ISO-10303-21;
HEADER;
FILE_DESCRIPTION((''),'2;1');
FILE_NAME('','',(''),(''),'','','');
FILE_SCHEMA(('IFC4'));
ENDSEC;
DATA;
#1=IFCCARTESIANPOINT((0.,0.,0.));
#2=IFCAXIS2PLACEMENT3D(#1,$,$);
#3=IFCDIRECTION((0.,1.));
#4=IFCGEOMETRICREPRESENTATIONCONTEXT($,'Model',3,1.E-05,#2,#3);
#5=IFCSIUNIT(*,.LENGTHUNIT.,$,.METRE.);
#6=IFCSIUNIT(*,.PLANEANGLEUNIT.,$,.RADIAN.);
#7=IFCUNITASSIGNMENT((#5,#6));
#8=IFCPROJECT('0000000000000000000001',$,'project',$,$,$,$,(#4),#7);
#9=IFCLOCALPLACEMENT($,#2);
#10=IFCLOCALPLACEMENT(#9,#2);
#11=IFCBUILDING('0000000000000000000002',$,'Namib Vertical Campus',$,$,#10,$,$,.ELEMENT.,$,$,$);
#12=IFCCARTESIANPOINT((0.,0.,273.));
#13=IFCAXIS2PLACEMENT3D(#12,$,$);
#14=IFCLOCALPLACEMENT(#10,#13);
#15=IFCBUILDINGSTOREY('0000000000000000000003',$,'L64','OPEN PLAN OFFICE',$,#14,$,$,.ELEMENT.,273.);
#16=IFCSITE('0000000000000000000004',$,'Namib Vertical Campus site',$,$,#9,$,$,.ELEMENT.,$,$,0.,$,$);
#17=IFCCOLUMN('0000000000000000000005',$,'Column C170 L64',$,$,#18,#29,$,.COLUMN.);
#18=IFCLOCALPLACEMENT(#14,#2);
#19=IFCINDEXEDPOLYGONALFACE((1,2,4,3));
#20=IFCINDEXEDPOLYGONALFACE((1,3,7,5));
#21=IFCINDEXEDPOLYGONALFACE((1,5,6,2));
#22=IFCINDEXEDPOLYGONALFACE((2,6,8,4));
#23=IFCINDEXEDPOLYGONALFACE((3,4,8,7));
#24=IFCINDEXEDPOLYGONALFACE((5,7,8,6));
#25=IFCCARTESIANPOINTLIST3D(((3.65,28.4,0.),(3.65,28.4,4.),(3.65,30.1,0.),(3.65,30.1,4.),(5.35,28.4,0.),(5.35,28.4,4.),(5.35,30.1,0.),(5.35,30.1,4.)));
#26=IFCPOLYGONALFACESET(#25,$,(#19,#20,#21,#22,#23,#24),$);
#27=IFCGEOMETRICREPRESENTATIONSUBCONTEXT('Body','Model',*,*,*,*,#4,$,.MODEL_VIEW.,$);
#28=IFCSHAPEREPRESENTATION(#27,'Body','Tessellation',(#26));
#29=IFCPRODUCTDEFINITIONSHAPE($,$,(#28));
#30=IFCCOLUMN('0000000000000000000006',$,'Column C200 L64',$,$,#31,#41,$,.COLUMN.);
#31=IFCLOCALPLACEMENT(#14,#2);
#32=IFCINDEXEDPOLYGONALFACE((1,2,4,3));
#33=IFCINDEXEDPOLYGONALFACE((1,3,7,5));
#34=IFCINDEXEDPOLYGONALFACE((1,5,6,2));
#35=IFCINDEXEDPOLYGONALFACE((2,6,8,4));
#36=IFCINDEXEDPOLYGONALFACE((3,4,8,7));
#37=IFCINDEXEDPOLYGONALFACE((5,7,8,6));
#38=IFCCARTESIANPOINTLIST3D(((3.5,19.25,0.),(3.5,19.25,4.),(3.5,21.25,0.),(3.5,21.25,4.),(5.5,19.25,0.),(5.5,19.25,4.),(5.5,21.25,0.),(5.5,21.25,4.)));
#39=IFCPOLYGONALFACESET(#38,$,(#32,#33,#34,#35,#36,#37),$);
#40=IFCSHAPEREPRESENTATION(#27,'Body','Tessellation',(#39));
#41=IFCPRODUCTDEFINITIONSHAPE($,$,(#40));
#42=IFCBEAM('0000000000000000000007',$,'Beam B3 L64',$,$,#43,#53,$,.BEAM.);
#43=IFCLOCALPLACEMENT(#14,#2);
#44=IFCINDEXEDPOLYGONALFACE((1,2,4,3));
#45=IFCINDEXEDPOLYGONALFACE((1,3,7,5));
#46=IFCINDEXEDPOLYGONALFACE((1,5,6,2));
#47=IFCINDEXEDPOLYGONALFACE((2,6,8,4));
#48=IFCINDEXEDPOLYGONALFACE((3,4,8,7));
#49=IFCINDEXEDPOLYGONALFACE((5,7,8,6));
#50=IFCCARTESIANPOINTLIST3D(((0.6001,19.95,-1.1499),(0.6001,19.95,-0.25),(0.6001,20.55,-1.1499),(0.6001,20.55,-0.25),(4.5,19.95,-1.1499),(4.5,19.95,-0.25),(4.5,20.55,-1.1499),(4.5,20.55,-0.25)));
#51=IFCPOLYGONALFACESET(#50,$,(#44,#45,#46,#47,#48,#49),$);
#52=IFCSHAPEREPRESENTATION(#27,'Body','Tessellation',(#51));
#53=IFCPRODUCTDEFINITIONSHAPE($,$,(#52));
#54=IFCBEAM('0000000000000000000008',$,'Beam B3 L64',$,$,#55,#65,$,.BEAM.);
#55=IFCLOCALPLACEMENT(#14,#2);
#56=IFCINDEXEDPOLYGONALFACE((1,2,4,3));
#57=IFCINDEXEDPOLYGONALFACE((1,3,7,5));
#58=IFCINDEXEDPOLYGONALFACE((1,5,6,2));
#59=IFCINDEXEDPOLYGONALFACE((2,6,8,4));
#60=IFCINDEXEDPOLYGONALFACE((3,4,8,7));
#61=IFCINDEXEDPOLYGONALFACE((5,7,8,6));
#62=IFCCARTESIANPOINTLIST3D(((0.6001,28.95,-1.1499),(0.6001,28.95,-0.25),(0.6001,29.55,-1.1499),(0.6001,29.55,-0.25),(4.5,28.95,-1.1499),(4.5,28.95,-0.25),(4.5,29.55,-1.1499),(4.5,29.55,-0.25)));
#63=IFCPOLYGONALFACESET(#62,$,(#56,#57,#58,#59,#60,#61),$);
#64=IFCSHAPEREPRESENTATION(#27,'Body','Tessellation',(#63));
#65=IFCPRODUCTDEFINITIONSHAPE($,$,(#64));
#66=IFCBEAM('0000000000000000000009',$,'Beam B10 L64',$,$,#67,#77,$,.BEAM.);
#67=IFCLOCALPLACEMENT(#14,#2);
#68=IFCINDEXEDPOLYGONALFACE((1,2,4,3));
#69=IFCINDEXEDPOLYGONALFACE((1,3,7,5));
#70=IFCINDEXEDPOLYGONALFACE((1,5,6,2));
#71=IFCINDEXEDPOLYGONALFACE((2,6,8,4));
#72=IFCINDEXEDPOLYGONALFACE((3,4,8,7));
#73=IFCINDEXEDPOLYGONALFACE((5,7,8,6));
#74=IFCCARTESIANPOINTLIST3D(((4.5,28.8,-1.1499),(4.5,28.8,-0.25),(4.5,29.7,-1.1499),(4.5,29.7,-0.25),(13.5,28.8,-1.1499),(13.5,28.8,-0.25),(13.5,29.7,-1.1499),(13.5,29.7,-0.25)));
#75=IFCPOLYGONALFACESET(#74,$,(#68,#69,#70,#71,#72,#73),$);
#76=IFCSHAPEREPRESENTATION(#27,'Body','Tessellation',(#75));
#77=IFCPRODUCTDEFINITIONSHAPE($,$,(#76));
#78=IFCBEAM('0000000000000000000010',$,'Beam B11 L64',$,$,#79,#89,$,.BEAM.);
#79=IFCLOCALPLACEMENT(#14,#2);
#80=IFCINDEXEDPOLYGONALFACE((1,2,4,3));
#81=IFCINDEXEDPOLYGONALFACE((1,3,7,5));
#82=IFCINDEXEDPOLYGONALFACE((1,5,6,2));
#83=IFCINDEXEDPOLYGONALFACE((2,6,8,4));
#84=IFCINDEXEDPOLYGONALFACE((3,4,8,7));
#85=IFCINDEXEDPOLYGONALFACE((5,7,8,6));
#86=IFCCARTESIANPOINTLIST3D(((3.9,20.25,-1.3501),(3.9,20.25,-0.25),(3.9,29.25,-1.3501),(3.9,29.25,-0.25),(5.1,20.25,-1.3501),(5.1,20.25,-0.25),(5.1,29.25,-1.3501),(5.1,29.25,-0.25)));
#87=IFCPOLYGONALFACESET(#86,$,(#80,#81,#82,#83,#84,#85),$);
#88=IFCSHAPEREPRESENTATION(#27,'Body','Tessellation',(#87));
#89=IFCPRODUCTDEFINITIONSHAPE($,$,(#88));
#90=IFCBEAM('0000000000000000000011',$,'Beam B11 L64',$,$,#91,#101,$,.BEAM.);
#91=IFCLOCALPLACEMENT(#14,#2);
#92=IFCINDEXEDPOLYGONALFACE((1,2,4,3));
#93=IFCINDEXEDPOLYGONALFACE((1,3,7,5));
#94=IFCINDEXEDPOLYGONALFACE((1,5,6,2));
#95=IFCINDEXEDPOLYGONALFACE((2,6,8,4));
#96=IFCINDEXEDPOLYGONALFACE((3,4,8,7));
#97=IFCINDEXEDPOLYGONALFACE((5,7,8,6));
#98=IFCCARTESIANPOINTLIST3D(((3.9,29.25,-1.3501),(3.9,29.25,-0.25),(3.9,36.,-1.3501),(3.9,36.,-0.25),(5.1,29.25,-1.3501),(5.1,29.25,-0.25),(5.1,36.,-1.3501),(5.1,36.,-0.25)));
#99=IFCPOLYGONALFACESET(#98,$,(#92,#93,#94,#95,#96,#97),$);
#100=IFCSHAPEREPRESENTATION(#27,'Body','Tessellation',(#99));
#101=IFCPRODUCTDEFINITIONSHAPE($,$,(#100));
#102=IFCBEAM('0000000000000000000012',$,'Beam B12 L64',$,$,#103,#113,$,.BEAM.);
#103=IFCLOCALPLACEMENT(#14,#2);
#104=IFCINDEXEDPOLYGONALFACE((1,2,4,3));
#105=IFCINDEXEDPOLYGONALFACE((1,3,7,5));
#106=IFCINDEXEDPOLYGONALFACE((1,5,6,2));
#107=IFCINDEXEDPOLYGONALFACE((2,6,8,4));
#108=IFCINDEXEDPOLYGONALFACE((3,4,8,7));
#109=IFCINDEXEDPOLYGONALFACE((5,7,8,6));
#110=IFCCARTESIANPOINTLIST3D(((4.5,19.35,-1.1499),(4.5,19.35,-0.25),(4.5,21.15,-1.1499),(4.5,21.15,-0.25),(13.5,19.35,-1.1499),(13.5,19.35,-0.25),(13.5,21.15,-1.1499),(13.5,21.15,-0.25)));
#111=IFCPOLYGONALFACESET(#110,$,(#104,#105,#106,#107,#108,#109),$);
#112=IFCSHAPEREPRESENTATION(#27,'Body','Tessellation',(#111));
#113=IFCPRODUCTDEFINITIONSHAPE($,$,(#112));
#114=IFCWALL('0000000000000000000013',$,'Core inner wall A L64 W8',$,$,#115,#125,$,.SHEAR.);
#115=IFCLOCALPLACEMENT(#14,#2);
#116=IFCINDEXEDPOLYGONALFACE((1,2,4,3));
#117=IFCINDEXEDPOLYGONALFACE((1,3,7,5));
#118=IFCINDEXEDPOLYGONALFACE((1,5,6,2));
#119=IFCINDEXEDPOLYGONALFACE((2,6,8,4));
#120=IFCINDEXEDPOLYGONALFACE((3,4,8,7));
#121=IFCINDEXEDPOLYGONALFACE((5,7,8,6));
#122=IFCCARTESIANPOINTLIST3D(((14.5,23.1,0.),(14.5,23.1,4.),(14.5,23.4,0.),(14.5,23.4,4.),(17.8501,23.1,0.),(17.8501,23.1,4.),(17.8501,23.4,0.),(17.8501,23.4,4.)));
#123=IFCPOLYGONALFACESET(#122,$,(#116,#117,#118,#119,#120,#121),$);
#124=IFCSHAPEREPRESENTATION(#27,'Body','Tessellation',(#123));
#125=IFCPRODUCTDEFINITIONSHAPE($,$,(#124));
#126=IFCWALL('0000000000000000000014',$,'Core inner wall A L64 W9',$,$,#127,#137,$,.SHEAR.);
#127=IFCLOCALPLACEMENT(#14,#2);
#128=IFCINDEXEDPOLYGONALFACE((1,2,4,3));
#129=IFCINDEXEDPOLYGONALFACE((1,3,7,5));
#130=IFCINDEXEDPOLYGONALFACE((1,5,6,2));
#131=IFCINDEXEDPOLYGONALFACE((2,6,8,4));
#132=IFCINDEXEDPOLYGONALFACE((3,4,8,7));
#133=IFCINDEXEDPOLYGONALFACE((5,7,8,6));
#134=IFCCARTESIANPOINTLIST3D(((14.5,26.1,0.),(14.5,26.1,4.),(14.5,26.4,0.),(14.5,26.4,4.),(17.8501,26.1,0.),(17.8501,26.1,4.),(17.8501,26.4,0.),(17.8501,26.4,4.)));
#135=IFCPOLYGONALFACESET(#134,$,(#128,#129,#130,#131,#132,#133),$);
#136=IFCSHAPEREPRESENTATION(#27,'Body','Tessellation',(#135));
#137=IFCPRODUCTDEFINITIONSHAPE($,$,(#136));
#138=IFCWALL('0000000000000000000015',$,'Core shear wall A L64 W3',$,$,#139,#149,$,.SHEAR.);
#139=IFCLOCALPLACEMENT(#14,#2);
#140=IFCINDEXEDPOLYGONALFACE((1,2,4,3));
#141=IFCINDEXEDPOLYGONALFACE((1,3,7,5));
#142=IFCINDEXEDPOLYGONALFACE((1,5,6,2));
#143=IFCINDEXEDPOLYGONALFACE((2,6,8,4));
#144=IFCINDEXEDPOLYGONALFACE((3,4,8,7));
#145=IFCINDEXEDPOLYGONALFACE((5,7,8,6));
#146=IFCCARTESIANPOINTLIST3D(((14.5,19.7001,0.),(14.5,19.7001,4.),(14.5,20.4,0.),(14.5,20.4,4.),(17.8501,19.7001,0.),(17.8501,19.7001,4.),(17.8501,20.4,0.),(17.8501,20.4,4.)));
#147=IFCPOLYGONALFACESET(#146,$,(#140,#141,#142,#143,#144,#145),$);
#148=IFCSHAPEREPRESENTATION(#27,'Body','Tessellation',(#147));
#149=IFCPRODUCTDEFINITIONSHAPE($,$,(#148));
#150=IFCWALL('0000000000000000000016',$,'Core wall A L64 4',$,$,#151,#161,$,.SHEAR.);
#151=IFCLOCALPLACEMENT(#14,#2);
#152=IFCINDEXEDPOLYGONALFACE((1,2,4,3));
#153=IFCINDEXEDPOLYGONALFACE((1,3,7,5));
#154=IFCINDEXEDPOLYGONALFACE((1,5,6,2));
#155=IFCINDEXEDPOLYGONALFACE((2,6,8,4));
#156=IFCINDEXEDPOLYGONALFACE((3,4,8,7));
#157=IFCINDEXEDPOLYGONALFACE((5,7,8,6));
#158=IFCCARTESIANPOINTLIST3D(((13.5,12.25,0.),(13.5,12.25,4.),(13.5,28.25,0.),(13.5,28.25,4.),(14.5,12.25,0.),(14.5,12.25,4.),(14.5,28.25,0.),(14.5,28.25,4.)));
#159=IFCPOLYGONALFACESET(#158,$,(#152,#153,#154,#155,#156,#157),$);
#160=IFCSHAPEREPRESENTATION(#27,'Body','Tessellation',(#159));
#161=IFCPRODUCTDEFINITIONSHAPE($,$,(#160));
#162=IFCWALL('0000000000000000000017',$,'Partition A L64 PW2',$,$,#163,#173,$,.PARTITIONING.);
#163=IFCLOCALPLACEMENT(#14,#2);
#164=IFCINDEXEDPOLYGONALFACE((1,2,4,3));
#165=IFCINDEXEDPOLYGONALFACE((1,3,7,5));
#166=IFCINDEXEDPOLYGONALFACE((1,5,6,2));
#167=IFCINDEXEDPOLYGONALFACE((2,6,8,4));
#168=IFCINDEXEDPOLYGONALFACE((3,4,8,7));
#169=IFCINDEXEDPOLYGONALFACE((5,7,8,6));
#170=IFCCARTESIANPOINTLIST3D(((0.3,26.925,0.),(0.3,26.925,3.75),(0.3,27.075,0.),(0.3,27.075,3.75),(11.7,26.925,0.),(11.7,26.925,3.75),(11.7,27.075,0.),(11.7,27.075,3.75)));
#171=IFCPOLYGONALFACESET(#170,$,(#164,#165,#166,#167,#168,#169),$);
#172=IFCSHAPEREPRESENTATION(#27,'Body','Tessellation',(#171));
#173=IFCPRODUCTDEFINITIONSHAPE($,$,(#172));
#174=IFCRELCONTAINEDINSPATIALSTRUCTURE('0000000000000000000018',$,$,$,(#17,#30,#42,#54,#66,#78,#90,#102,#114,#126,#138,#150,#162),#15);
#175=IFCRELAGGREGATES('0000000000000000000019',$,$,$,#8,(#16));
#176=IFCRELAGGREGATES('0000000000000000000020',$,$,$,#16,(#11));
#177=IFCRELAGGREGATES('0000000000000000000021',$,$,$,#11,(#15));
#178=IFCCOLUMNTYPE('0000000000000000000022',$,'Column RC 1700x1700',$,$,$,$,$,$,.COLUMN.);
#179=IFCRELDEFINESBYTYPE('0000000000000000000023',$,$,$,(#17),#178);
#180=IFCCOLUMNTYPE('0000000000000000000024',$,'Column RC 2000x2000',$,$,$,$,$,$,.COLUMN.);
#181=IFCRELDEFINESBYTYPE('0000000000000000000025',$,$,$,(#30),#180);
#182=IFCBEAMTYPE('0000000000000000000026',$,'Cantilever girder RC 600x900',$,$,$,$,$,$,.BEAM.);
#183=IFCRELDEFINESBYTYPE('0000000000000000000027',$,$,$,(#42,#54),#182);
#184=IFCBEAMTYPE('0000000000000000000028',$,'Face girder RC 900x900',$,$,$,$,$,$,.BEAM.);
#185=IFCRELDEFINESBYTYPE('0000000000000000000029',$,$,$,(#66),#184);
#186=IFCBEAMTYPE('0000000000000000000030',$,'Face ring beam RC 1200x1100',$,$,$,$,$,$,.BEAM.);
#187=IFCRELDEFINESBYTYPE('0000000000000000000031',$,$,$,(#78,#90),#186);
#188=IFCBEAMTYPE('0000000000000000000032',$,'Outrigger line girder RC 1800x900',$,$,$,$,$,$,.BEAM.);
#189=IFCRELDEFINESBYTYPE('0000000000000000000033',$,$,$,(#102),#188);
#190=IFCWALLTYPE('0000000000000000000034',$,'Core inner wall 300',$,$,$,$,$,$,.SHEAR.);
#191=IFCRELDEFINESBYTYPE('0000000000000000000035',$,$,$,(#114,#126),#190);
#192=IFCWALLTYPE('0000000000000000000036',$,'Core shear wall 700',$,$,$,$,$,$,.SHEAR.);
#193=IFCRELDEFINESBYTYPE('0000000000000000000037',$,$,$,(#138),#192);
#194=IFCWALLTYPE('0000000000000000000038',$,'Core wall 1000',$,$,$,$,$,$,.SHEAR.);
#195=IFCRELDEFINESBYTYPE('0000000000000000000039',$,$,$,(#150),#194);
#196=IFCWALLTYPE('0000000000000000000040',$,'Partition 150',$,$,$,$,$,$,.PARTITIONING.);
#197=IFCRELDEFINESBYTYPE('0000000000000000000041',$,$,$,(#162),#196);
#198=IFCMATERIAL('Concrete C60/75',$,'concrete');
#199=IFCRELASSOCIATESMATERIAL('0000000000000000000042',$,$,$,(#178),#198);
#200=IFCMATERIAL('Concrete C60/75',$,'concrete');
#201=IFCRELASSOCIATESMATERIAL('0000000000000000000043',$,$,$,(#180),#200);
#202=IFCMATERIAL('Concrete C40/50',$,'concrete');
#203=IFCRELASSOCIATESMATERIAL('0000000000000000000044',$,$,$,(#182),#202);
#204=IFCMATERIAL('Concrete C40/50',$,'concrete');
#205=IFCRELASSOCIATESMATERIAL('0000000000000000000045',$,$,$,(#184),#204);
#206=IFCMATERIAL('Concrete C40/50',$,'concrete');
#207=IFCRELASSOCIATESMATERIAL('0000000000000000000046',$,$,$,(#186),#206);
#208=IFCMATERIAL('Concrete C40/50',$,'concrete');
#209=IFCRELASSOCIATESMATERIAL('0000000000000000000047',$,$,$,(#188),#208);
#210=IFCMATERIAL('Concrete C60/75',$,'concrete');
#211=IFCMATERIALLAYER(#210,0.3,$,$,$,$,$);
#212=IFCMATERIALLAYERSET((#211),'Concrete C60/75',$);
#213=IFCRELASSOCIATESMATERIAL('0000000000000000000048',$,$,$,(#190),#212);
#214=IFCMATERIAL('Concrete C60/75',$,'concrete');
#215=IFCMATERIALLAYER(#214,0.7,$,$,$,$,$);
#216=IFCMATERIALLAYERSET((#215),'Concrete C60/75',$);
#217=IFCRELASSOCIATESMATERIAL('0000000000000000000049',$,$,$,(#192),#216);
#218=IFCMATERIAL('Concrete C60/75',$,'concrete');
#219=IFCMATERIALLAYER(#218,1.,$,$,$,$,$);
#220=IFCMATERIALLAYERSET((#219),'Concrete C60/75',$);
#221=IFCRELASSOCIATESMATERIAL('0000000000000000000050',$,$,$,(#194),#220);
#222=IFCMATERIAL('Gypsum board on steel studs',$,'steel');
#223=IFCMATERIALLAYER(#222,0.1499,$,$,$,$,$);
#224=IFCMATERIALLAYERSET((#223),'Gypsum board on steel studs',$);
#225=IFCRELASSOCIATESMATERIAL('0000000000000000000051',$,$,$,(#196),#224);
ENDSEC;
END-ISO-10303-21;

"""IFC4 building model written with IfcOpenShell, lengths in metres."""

from ifc_helpers import new_model, si_unit, direction, frame, frame_2d, origin, origin_2d, place, context, subcontext, project, spatial, rectangle, extrude, material, layer, layer_set, material_profile, profile_set, type_object, element, save


model = new_model("IFC4")

# Units and contexts
model_context = context("Model", 3, precision=1e-05, world=origin(), true_north=direction((0.0, 1.0)))
body_context = subcontext(model_context, "Body", "Model", "MODEL_VIEW")
ifc_project = project(units=[si_unit("LENGTHUNIT", "METRE"), si_unit("PLANEANGLEUNIT", "RADIAN")], contexts=[model_context])

# Site, building, storey
site_placement = place(None, origin())
site = spatial("IfcSite", under=ifc_project, at=site_placement, Name="Namib Vertical Campus site", CompositionType="ELEMENT", RefElevation=0.0)
building_placement = place(site_placement, origin())
building = spatial("IfcBuilding", under=site, at=building_placement, Name="Namib Vertical Campus", CompositionType="ELEMENT")
storey_placement = place(building_placement, frame((0.0, 0.0, 273.0)))
storey = spatial("IfcBuildingStorey", under=building, at=storey_placement, Name="L64", Description="OPEN PLAN OFFICE", CompositionType="ELEMENT", Elevation=273.0)

# Columns
ifc_material_1 = material(Name="Concrete C60/75", Category="concrete")
ifc_material_profile_1 = material_profile(ifc_material_1, rectangle(XDim=1.7, YDim=1.7, at=origin_2d()))
ifc_profile_set_1 = profile_set([ifc_material_profile_1], Name="Concrete C60/75")
column_type_1 = type_object("IfcColumnType", Name="Column RC 1700x1700", PredefinedType="COLUMN", material=ifc_profile_set_1)
column_1_placement = place(storey_placement, frame((4.5, 29.25, 0.0), z_axis=(0.0, 0.0, 1.0), x_axis=(1.0, 0.0, 0.0)))
element("IfcColumn", 1, at=column_1_placement, inside=storey, type_object=column_type_1, Name="Column C170 L64", PredefinedType="COLUMN", context=body_context, shape_type="SweptSolid", body=[
    extrude(rectangle(XDim=1.7, YDim=1.7, at=origin_2d()), origin(), (0.0, 0.0, 1.0), 4.0),
])
ifc_material_2 = material(Name="Concrete C60/75", Category="concrete")
ifc_material_profile_2 = material_profile(ifc_material_2, rectangle(XDim=2.0, YDim=2.0, at=origin_2d()))
ifc_profile_set_2 = profile_set([ifc_material_profile_2], Name="Concrete C60/75")
column_type_2 = type_object("IfcColumnType", Name="Column RC 2000x2000", PredefinedType="COLUMN", material=ifc_profile_set_2)
column_2_placement = place(storey_placement, frame((4.5, 20.25, 0.0), z_axis=(0.0, 0.0, 1.0), x_axis=(1.0, 0.0, 0.0)))
element("IfcColumn", 2, at=column_2_placement, inside=storey, type_object=column_type_2, Name="Column C200 L64", PredefinedType="COLUMN", context=body_context, shape_type="SweptSolid", body=[
    extrude(rectangle(XDim=2.0, YDim=2.0, at=origin_2d()), origin(), (0.0, 0.0, 1.0), 4.0),
])

# Beams
ifc_material_3 = material(Name="Concrete C40/50", Category="concrete")
ifc_material_profile_3 = material_profile(ifc_material_3, rectangle(XDim=0.6001, YDim=0.8999, at=origin_2d()))
ifc_profile_set_3 = profile_set([ifc_material_profile_3], Name="Concrete C40/50")
beam_type_1 = type_object("IfcBeamType", Name="Cantilever girder RC 600x900", PredefinedType="BEAM", material=ifc_profile_set_3)
for number, where, z_axis, x_axis, name in (
    (3, (4.5, 20.25, -0.7), (-1.0, 0.0, 0.0), (0.0, -1.0, 0.0), "Beam B3 L64"),
    (4, (4.5, 29.25, -0.7), (-1.0, 0.0, 0.0), (0.0, -1.0, 0.0), "Beam B3 L64"),
):
    element("IfcBeam", number, at=place(storey_placement, frame(where, z_axis=z_axis, x_axis=x_axis)), inside=storey, type_object=beam_type_1, Name=name, PredefinedType="BEAM", context=body_context, shape_type="SweptSolid", body=[
        extrude(rectangle(XDim=0.6001, YDim=0.8999, at=origin_2d()), origin(), (0.0, 0.0, 1.0), 3.8999),
    ])
ifc_material_4 = material(Name="Concrete C40/50", Category="concrete")
ifc_material_profile_4 = material_profile(ifc_material_4, rectangle(XDim=0.8999, YDim=0.8999, at=origin_2d()))
ifc_profile_set_4 = profile_set([ifc_material_profile_4], Name="Concrete C40/50")
beam_type_2 = type_object("IfcBeamType", Name="Face girder RC 900x900", PredefinedType="BEAM", material=ifc_profile_set_4)
beam_1_placement = place(storey_placement, frame((4.5, 29.25, -0.7), z_axis=(1.0, 0.0, 0.0), x_axis=(0.0, 1.0, 0.0)))
element("IfcBeam", 5, at=beam_1_placement, inside=storey, type_object=beam_type_2, Name="Beam B10 L64", PredefinedType="BEAM", context=body_context, shape_type="SweptSolid", body=[
    extrude(rectangle(XDim=0.8999, YDim=0.8999, at=origin_2d()), origin(), (0.0, 0.0, 1.0), 9.0),
])
ifc_material_5 = material(Name="Concrete C40/50", Category="concrete")
ifc_material_profile_5 = material_profile(ifc_material_5, rectangle(XDim=1.2, YDim=1.1001, at=origin_2d()))
ifc_profile_set_5 = profile_set([ifc_material_profile_5], Name="Concrete C40/50")
beam_type_3 = type_object("IfcBeamType", Name="Face ring beam RC 1200x1100", PredefinedType="BEAM", material=ifc_profile_set_5)
beam_2_placement = place(storey_placement, frame((4.5, 20.25, -0.8), z_axis=(0.0, 1.0, 0.0), x_axis=(-1.0, 0.0, 0.0)))
element("IfcBeam", 6, at=beam_2_placement, inside=storey, type_object=beam_type_3, Name="Beam B11 L64", PredefinedType="BEAM", context=body_context, shape_type="SweptSolid", body=[
    extrude(rectangle(XDim=1.2, YDim=1.1001, at=origin_2d()), origin(), (0.0, 0.0, 1.0), 9.0),
])
beam_3_placement = place(storey_placement, frame((4.5, 29.25, -0.8), z_axis=(0.0, 1.0, 0.0), x_axis=(-1.0, 0.0, 0.0)))
element("IfcBeam", 7, at=beam_3_placement, inside=storey, type_object=beam_type_3, Name="Beam B11 L64", PredefinedType="BEAM", context=body_context, shape_type="SweptSolid", body=[
    extrude(rectangle(XDim=1.2, YDim=1.1001, at=origin_2d()), origin(), (0.0, 0.0, 1.0), 6.75),
])
ifc_material_6 = material(Name="Concrete C40/50", Category="concrete")
ifc_material_profile_6 = material_profile(ifc_material_6, rectangle(XDim=1.8, YDim=0.8999, at=origin_2d()))
ifc_profile_set_6 = profile_set([ifc_material_profile_6], Name="Concrete C40/50")
beam_type_4 = type_object("IfcBeamType", Name="Outrigger line girder RC 1800x900", PredefinedType="BEAM", material=ifc_profile_set_6)
beam_4_placement = place(storey_placement, frame((4.5, 20.25, -0.7), z_axis=(1.0, 0.0, 0.0), x_axis=(0.0, 1.0, 0.0)))
element("IfcBeam", 8, at=beam_4_placement, inside=storey, type_object=beam_type_4, Name="Beam B12 L64", PredefinedType="BEAM", context=body_context, shape_type="SweptSolid", body=[
    extrude(rectangle(XDim=1.8, YDim=0.8999, at=origin_2d()), origin(), (0.0, 0.0, 1.0), 9.0),
])

# Walls
ifc_material_7 = material(Name="Concrete C60/75", Category="concrete")
ifc_layer_1 = layer(ifc_material_7, 0.3)
ifc_layer_set_1 = layer_set([ifc_layer_1], Name="Concrete C60/75")
wall_type_1 = type_object("IfcWallType", Name="Core inner wall 300", PredefinedType="SHEAR", material=ifc_layer_set_1)
for number, where, z_axis, x_axis, name in (
    (9, (14.5, 23.25, 0.0), (0.0, 0.0, 1.0), (1.0, 0.0, 0.0), "Core inner wall A L64 W8"),
    (10, (14.5, 26.25, 0.0), (0.0, 0.0, 1.0), (1.0, 0.0, 0.0), "Core inner wall A L64 W9"),
):
    element("IfcWall", number, at=place(storey_placement, frame(where, z_axis=z_axis, x_axis=x_axis)), inside=storey, type_object=wall_type_1, Name=name, PredefinedType="SHEAR", context=body_context, shape_type="SweptSolid", body=[
        extrude(rectangle(XDim=3.3501, YDim=0.3, at=frame_2d((1.675, 0.0))), origin(), (0.0, 0.0, 1.0), 4.0),
    ])
ifc_material_8 = material(Name="Concrete C60/75", Category="concrete")
ifc_layer_2 = layer(ifc_material_8, 0.7)
ifc_layer_set_2 = layer_set([ifc_layer_2], Name="Concrete C60/75")
wall_type_2 = type_object("IfcWallType", Name="Core shear wall 700", PredefinedType="SHEAR", material=ifc_layer_set_2)
wall_1_placement = place(storey_placement, frame((14.5, 20.05, 0.0), z_axis=(0.0, 0.0, 1.0), x_axis=(1.0, 0.0, 0.0)))
element("IfcWall", 11, at=wall_1_placement, inside=storey, type_object=wall_type_2, Name="Core shear wall A L64 W3", PredefinedType="SHEAR", context=body_context, shape_type="SweptSolid", body=[
    extrude(rectangle(XDim=3.3501, YDim=0.7, at=frame_2d((1.675, 0.0))), origin(), (0.0, 0.0, 1.0), 4.0),
])
ifc_material_9 = material(Name="Concrete C60/75", Category="concrete")
ifc_layer_3 = layer(ifc_material_9, 1.0)
ifc_layer_set_3 = layer_set([ifc_layer_3], Name="Concrete C60/75")
wall_type_3 = type_object("IfcWallType", Name="Core wall 1000", PredefinedType="SHEAR", material=ifc_layer_set_3)
wall_2_placement = place(storey_placement, frame((14.0, 28.25, 0.0), z_axis=(0.0, 0.0, 1.0), x_axis=(0.0, -1.0, 0.0)))
element("IfcWall", 12, at=wall_2_placement, inside=storey, type_object=wall_type_3, Name="Core wall A L64 4", PredefinedType="SHEAR", context=body_context, shape_type="SweptSolid", body=[
    extrude(rectangle(XDim=16.0, YDim=1.0, at=frame_2d((8.0, 0.0))), origin(), (0.0, 0.0, 1.0), 4.0),
])
ifc_material_10 = material(Name="Gypsum board on steel studs", Category="steel")
ifc_layer_4 = layer(ifc_material_10, 0.1499)
ifc_layer_set_4 = layer_set([ifc_layer_4], Name="Gypsum board on steel studs")
wall_type_4 = type_object("IfcWallType", Name="Partition 150", PredefinedType="PARTITIONING", material=ifc_layer_set_4)
wall_3_placement = place(storey_placement, frame((0.3, 27.0, 0.0), z_axis=(0.0, 0.0, 1.0), x_axis=(1.0, 0.0, 0.0)))
element("IfcWall", 13, at=wall_3_placement, inside=storey, type_object=wall_type_4, Name="Partition A L64 PW2", PredefinedType="PARTITIONING", context=body_context, shape_type="SweptSolid", body=[
    extrude(rectangle(XDim=11.3999, YDim=0.1499, at=frame_2d((5.7, 0.0))), origin(), (0.0, 0.0, 1.0), 3.75),
])

save(model, "model.ifc")
